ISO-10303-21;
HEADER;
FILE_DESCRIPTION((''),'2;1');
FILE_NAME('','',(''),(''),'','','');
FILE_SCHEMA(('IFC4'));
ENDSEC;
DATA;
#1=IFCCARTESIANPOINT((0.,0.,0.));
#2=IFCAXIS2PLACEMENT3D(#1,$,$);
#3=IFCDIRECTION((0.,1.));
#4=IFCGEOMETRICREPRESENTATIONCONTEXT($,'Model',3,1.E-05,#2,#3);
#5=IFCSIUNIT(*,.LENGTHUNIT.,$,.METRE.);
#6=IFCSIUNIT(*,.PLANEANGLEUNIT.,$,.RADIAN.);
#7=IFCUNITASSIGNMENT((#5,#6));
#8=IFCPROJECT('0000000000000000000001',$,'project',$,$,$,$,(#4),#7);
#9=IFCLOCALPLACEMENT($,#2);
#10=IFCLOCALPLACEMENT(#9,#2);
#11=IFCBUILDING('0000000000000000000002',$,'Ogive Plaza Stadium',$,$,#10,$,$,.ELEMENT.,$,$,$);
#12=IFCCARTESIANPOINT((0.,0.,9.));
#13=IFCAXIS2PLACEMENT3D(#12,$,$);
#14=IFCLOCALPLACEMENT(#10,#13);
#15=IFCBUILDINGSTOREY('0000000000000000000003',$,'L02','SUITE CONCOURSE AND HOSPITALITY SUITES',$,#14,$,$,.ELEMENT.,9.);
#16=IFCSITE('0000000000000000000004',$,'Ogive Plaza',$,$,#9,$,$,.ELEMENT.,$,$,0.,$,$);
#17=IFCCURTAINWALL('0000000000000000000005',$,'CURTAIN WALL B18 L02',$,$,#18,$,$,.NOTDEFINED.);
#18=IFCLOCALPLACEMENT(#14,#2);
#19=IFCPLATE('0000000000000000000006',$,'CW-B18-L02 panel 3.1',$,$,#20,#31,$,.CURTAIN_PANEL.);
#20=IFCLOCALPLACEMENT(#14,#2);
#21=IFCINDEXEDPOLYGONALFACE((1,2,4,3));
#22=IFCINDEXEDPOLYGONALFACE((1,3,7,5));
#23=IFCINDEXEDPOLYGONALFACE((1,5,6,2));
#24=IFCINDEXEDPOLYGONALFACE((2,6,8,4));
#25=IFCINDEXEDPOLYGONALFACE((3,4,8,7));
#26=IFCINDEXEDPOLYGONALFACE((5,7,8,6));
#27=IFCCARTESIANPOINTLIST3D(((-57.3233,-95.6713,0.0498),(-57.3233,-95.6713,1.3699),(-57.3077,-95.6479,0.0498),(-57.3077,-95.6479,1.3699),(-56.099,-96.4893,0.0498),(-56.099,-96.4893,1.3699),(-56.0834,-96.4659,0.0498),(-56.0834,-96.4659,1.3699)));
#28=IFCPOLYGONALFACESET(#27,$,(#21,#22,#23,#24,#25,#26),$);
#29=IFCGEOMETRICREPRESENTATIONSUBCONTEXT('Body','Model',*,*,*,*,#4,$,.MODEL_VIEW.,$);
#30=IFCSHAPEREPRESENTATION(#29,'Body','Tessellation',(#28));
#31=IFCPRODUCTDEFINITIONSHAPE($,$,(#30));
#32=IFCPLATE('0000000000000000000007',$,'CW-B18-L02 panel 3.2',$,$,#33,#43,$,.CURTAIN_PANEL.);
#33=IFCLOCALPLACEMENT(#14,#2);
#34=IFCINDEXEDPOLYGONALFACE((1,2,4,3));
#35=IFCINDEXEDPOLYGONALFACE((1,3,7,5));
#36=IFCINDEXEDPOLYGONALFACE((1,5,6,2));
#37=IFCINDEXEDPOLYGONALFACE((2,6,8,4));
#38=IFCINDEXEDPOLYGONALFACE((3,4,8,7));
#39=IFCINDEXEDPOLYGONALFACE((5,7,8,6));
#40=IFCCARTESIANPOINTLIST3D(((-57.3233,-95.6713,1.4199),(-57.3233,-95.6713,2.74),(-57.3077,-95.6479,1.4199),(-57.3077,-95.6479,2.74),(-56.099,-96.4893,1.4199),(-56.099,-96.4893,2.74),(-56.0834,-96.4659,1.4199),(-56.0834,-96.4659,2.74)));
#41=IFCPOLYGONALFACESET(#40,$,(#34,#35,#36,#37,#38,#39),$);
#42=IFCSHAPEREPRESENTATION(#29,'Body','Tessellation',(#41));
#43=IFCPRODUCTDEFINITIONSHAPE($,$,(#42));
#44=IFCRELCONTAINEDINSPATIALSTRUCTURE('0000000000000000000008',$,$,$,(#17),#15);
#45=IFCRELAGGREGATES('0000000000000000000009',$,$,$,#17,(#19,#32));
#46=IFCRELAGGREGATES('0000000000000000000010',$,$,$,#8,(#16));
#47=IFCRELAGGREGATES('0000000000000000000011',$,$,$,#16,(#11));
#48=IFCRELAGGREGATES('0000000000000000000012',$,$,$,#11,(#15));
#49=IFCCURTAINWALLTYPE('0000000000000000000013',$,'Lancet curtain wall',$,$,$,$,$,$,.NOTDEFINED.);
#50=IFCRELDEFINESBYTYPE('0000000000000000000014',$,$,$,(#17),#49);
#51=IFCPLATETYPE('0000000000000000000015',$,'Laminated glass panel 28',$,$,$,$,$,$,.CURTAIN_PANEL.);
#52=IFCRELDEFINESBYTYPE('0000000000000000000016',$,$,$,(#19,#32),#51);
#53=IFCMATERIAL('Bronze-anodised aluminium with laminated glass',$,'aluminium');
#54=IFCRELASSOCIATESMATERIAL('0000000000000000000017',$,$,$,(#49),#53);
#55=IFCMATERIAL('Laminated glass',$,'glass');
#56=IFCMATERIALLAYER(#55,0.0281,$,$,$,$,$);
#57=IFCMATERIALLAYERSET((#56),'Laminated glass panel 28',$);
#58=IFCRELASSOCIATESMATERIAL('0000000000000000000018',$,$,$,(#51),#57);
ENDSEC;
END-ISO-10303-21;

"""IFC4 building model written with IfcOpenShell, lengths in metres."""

from ifc_helpers import new_model, si_unit, direction, frame, origin, origin_2d, place, context, subcontext, project, spatial, rectangle, extrude, material, layer, layer_set, type_object, element, aggregate, save


model = new_model("IFC4")

# Units and contexts
model_context = context("Model", 3, precision=1e-05, world=origin(), true_north=direction((0.0, 1.0)))
body_context = subcontext(model_context, "Body", "Model", "MODEL_VIEW")
ifc_project = project(units=[si_unit("LENGTHUNIT", "METRE"), si_unit("PLANEANGLEUNIT", "RADIAN")], contexts=[model_context])

# Site, building, storey
site_placement = place(None, origin())
site = spatial("IfcSite", under=ifc_project, at=site_placement, Name="Ogive Plaza", CompositionType="ELEMENT", RefElevation=0.0)
building_placement = place(site_placement, origin())
building = spatial("IfcBuilding", under=site, at=building_placement, Name="Ogive Plaza Stadium", CompositionType="ELEMENT")
storey_placement = place(building_placement, frame((0.0, 0.0, 9.0)))
storey = spatial("IfcBuildingStorey", under=building, at=storey_placement, Name="L02", Description="SUITE CONCOURSE AND HOSPITALITY SUITES", CompositionType="ELEMENT", Elevation=9.0)

# Curtain wall
ifc_material_1 = material(Name="Bronze-anodised aluminium with laminated glass", Category="aluminium")
curtain_wall_type = type_object("IfcCurtainWallType", Name="Lancet curtain wall", PredefinedType="NOTDEFINED", material=ifc_material_1)
curtain_wall_1_placement = place(storey_placement, origin())
curtain_wall_1 = element("IfcCurtainWall", 1, at=curtain_wall_1_placement, inside=storey, type_object=curtain_wall_type, Name="CURTAIN WALL B18 L02", PredefinedType="NOTDEFINED")

# Plates
ifc_material_2 = material(Name="Laminated glass", Category="glass")
ifc_layer = layer(ifc_material_2, 0.0281)
ifc_layer_set = layer_set([ifc_layer], Name="Laminated glass panel 28")
plate_type = type_object("IfcPlateType", Name="Laminated glass panel 28", PredefinedType="CURTAIN_PANEL", material=ifc_layer_set)
plate_1_placement = place(storey_placement, frame((-56.7034, -96.0686, 0.0498), z_axis=(0.0, 0.0, 1.0), x_axis=(-0.83147, 0.55557, 0.0)))
plate_1 = element("IfcPlate", 2, at=plate_1_placement, type_object=plate_type, Name="CW-B18-L02 panel 3.1", PredefinedType="CURTAIN_PANEL", context=body_context, shape_type="SweptSolid", body=[
    extrude(rectangle(XDim=1.4724, YDim=0.0281, at=origin_2d()), origin(), (0.0, 0.0, 1.0), 1.3201),
])
plate_2_placement = place(storey_placement, frame((-56.7034, -96.0686, 1.4199), z_axis=(0.0, 0.0, 1.0), x_axis=(-0.83147, 0.55557, 0.0)))
plate_2 = element("IfcPlate", 3, at=plate_2_placement, type_object=plate_type, Name="CW-B18-L02 panel 3.2", PredefinedType="CURTAIN_PANEL", context=body_context, shape_type="SweptSolid", body=[
    extrude(rectangle(XDim=1.4724, YDim=0.0281, at=origin_2d()), origin(), (0.0, 0.0, 1.0), 1.3201),
])
aggregate(curtain_wall_1, [plate_1, plate_2])

save(model, "model.ifc")
